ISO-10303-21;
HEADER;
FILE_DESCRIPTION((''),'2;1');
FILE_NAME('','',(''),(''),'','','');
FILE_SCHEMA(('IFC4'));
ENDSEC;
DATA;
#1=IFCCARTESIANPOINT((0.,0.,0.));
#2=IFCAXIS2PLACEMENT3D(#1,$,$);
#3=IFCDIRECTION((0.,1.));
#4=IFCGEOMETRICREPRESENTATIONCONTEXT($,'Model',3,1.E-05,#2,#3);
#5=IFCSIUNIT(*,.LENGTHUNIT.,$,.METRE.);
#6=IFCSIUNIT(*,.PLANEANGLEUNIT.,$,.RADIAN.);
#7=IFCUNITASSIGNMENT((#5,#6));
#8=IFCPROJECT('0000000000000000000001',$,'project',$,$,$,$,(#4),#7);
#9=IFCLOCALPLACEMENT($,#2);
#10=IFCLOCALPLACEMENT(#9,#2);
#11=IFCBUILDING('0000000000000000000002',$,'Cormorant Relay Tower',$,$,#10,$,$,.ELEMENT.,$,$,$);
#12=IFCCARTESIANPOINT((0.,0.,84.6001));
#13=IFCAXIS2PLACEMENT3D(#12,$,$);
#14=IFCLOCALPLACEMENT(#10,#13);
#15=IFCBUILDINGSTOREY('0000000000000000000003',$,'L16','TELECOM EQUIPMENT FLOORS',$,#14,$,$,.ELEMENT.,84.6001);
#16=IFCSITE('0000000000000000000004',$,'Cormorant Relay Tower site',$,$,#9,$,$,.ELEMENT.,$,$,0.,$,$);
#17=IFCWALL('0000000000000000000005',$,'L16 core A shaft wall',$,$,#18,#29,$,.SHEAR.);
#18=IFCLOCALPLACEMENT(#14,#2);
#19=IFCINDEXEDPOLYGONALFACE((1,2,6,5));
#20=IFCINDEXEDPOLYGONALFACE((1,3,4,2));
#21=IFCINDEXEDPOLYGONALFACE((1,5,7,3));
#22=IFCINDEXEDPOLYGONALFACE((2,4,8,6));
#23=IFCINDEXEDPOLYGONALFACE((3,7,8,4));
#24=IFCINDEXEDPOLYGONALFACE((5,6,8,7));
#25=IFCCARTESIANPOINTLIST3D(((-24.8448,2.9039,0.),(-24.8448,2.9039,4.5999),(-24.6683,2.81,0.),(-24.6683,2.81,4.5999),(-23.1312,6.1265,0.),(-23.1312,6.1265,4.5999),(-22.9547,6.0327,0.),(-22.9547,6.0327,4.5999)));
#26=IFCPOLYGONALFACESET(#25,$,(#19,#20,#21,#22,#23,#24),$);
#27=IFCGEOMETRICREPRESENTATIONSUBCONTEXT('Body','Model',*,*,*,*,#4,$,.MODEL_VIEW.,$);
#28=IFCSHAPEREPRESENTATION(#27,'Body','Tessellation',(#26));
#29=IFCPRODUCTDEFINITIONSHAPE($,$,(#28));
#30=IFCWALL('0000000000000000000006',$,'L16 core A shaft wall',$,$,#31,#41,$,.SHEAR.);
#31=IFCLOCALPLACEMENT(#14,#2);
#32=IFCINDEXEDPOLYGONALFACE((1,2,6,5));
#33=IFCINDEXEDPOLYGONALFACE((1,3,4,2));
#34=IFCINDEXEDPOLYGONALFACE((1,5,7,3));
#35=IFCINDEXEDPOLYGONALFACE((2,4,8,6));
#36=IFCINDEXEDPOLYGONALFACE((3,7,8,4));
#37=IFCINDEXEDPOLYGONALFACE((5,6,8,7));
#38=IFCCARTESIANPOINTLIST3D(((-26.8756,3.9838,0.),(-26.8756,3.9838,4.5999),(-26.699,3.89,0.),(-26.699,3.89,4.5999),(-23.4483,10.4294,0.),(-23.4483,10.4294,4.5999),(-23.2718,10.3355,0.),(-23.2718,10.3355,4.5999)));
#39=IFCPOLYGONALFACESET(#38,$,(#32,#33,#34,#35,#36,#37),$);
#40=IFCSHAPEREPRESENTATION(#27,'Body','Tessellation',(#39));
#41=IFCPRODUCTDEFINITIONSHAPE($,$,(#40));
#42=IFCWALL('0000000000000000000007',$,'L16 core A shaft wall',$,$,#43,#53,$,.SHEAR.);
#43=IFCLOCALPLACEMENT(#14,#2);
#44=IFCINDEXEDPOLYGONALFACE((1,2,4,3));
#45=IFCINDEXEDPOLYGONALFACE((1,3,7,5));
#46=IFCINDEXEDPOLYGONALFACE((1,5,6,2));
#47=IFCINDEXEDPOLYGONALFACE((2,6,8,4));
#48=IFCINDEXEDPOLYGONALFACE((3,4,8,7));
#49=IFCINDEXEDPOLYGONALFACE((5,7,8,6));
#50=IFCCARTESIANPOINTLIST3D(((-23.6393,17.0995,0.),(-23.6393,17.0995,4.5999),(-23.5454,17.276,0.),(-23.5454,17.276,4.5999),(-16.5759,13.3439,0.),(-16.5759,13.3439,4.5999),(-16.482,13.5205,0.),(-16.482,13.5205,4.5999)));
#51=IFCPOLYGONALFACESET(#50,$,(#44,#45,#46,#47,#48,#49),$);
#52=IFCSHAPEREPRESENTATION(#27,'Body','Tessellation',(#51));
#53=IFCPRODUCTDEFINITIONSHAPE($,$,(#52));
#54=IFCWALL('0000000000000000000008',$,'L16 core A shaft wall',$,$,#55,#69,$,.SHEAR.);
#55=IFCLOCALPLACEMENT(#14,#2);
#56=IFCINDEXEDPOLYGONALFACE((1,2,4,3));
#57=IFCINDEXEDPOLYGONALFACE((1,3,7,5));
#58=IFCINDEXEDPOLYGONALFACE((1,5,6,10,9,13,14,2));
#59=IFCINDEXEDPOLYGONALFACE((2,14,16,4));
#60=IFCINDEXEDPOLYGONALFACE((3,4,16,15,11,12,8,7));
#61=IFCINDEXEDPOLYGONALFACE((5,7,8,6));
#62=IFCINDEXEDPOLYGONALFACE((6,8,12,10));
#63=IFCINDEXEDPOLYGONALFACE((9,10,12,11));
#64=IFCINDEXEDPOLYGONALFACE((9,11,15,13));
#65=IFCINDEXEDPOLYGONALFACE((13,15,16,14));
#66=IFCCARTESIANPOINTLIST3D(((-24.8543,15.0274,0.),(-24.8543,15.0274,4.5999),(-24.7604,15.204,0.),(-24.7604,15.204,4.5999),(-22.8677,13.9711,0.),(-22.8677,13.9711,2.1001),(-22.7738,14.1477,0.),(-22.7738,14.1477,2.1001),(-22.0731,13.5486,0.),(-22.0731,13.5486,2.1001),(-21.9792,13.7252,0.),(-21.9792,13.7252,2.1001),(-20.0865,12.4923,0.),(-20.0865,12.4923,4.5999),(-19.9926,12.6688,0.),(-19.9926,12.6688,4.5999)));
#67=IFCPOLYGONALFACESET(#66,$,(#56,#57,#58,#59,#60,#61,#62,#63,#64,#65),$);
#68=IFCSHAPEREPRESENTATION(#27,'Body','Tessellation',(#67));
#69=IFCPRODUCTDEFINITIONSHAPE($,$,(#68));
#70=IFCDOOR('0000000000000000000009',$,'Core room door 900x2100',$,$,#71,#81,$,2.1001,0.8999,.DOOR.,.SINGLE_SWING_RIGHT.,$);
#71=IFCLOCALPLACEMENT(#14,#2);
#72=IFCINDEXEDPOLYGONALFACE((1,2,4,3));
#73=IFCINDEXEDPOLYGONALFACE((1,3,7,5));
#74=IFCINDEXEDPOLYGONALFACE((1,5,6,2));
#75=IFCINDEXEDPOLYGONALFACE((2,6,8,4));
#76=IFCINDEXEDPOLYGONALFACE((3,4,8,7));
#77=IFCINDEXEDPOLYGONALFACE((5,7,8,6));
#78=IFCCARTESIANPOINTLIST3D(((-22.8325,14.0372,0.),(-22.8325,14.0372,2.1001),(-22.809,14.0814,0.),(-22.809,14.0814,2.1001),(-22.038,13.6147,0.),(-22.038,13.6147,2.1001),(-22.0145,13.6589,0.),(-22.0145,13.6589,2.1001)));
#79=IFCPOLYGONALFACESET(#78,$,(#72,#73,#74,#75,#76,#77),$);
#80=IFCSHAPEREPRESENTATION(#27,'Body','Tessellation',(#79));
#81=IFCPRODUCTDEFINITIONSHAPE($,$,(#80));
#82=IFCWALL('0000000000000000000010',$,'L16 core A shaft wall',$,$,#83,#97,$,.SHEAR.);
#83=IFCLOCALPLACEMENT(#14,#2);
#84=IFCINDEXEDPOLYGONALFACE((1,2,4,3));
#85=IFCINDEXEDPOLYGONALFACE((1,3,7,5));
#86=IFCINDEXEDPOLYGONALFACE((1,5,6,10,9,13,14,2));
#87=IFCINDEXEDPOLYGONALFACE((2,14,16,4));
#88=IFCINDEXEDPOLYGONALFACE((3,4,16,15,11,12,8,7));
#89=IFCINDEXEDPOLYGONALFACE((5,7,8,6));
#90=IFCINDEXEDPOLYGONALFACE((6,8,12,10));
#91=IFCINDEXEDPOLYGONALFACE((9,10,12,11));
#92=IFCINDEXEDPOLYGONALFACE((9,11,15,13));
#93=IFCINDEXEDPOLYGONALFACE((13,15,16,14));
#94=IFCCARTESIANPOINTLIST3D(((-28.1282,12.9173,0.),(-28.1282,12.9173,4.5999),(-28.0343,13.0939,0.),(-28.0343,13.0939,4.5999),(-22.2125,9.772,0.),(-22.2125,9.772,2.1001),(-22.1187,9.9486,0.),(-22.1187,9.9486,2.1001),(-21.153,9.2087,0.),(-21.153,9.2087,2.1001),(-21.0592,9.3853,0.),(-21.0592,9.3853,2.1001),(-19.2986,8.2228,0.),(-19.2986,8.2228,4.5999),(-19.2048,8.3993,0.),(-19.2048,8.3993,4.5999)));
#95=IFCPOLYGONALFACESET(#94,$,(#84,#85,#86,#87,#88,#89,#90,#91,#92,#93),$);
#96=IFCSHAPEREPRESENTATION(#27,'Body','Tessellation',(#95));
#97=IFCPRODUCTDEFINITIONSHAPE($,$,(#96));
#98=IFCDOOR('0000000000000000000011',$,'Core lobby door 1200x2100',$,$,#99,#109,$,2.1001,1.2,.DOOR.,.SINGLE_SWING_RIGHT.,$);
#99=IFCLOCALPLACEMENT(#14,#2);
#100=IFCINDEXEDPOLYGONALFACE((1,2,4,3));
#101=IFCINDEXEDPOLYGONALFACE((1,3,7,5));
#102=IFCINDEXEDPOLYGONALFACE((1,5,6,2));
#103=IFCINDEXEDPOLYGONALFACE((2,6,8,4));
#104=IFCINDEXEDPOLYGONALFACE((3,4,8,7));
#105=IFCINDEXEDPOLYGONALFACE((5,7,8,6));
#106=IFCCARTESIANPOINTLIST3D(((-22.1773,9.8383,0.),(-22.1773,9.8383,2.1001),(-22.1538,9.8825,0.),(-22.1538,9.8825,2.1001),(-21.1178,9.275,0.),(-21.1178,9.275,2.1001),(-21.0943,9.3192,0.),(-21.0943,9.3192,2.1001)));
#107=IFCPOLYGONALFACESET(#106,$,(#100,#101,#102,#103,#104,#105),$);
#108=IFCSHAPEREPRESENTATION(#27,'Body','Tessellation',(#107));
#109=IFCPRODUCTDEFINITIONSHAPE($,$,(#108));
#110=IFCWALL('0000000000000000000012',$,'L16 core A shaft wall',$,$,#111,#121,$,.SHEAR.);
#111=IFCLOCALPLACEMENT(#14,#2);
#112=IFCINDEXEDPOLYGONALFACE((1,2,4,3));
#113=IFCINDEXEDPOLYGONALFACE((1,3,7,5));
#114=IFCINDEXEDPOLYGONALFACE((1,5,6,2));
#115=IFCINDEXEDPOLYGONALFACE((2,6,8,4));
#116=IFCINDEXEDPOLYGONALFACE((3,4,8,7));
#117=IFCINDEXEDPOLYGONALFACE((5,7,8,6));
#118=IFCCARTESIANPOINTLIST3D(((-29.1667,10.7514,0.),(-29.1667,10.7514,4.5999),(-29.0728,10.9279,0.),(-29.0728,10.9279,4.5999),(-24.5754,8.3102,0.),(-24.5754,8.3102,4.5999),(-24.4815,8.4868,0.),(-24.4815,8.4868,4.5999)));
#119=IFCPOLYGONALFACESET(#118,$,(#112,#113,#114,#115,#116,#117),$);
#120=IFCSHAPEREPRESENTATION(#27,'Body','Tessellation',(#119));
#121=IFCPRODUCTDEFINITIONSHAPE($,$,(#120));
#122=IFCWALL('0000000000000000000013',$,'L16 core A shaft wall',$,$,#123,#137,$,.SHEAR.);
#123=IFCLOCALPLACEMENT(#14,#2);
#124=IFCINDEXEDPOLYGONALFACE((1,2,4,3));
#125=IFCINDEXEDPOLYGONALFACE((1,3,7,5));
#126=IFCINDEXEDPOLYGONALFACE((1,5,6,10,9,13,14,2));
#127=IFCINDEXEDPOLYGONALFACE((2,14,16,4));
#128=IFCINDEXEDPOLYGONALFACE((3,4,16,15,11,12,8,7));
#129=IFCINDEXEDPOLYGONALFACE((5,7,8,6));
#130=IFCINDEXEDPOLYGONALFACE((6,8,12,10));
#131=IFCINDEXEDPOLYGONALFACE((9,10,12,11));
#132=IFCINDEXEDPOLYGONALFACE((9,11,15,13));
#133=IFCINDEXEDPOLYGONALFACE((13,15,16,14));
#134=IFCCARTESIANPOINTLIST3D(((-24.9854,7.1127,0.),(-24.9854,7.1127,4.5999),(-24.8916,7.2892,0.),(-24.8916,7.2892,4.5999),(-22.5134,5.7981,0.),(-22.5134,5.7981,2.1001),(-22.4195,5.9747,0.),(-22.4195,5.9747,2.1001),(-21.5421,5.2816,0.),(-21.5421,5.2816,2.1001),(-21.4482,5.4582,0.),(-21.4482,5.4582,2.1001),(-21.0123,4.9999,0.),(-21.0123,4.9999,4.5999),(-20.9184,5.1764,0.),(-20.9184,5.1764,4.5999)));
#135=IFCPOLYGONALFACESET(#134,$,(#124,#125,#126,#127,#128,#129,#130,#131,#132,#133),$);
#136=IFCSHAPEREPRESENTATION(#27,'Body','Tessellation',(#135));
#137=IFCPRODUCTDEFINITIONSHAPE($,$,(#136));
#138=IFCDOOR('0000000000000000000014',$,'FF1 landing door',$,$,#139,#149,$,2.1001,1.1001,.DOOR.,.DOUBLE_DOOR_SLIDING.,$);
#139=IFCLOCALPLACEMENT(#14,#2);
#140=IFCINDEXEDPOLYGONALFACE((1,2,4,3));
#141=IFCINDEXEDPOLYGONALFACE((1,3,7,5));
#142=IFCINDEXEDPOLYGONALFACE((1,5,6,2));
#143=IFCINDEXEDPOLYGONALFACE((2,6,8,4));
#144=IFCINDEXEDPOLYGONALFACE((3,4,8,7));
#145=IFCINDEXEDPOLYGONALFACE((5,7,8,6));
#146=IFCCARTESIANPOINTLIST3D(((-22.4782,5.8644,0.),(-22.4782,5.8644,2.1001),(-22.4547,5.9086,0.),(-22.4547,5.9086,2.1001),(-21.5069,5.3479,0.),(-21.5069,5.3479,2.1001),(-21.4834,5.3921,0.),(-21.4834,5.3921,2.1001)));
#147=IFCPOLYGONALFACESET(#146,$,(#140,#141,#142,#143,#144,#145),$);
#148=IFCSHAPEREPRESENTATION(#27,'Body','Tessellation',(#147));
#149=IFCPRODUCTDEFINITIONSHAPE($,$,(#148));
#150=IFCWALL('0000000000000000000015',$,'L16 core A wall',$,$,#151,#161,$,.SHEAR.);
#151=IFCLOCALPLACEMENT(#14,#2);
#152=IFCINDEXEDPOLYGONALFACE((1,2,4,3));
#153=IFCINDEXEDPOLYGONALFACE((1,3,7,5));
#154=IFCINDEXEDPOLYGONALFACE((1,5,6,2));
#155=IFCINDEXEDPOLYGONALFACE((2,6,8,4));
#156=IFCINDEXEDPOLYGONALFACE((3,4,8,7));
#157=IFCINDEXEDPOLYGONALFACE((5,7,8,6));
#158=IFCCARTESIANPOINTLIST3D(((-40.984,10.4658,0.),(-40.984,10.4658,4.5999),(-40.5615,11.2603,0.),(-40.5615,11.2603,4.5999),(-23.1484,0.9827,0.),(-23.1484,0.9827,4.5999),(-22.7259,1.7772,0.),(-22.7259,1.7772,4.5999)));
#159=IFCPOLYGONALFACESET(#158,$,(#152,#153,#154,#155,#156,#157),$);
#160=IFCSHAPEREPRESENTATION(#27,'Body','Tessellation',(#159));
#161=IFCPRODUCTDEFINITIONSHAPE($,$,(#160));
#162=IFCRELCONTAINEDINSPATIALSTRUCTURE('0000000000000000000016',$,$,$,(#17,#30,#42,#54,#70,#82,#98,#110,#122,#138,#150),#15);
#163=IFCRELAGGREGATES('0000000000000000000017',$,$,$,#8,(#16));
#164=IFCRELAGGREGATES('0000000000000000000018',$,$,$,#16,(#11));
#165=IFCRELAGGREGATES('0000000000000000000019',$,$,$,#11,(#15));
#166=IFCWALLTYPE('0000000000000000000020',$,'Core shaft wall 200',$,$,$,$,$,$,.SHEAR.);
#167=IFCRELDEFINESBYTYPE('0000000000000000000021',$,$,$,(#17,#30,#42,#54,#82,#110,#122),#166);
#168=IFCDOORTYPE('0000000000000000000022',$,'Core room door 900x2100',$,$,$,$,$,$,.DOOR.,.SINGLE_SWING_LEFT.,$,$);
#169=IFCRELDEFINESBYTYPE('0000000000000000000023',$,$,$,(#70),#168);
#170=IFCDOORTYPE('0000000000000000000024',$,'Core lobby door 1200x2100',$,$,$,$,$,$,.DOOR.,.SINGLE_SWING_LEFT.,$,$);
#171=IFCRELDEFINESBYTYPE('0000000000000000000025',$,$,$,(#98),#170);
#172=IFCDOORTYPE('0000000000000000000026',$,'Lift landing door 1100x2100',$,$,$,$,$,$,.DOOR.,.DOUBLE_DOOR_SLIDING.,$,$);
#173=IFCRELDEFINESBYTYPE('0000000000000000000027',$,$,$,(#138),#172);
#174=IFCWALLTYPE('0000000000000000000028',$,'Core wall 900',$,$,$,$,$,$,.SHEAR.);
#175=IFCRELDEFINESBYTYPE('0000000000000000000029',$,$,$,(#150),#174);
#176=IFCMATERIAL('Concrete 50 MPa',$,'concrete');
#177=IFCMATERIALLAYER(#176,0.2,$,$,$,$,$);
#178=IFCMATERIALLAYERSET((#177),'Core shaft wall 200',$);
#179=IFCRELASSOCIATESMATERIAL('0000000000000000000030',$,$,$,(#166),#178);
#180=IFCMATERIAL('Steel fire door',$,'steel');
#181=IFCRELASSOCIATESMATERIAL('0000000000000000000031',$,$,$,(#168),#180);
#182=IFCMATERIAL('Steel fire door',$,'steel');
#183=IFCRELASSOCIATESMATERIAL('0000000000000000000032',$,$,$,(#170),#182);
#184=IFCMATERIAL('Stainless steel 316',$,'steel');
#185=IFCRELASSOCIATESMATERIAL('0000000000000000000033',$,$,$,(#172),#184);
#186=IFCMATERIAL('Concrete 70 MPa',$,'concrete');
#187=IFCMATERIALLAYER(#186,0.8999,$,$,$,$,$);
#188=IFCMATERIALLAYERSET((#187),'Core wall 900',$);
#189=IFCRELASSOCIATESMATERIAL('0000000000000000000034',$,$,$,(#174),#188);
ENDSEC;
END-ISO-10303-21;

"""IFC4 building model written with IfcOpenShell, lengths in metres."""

from ifc_helpers import new_model, si_unit, direction, frame, frame_2d, origin, place, context, subcontext, project, spatial, rectangle, extrude, material, layer, layer_set, type_object, element, fill, save


model = new_model("IFC4")

# Units and contexts
model_context = context("Model", 3, precision=1e-05, world=origin(), true_north=direction((0.0, 1.0)))
body_context = subcontext(model_context, "Body", "Model", "MODEL_VIEW")
ifc_project = project(units=[si_unit("LENGTHUNIT", "METRE"), si_unit("PLANEANGLEUNIT", "RADIAN")], contexts=[model_context])

# Site, building, storey
site_placement = place(None, origin())
site = spatial("IfcSite", under=ifc_project, at=site_placement, Name="Cormorant Relay Tower site", CompositionType="ELEMENT", RefElevation=0.0)
building_placement = place(site_placement, origin())
building = spatial("IfcBuilding", under=site, at=building_placement, Name="Cormorant Relay Tower", CompositionType="ELEMENT")
storey_placement = place(building_placement, frame((0.0, 0.0, 84.6001)))
storey = spatial("IfcBuildingStorey", under=building, at=storey_placement, Name="L16", Description="TELECOM EQUIPMENT FLOORS", CompositionType="ELEMENT", Elevation=84.6001)

# Walls
ifc_material_1 = material(Name="Concrete 50 MPa", Category="concrete")
ifc_layer_1 = layer(ifc_material_1, 0.2)
ifc_layer_set_1 = layer_set([ifc_layer_1], Name="Core shaft wall 200")
wall_type_1 = type_object("IfcWallType", Name="Core shaft wall 200", PredefinedType="SHEAR", material=ifc_layer_set_1)
wall_1_placement = place(storey_placement, frame((-23.043, 6.0796, 0.0), z_axis=(0.0, 0.0, 1.0), x_axis=(-0.469494, -0.882936, 0.0)))
element("IfcWall", 1, at=wall_1_placement, inside=storey, type_object=wall_type_1, Name="L16 core A shaft wall", PredefinedType="SHEAR", context=body_context, shape_type="SweptSolid", body=[
    extrude(rectangle(XDim=3.6499, YDim=0.2, at=frame_2d((1.825, 0.0))), origin(), (0.0, 0.0, 1.0), 4.5999),
])
wall_2_placement = place(storey_placement, frame((-23.3601, 10.3823, 0.0), z_axis=(0.0, 0.0, 1.0), x_axis=(-0.46948, -0.882943, 0.0)))
element("IfcWall", 2, at=wall_2_placement, inside=storey, type_object=wall_type_1, Name="L16 core A shaft wall", PredefinedType="SHEAR", context=body_context, shape_type="SweptSolid", body=[
    extrude(rectangle(XDim=7.3, YDim=0.2, at=frame_2d((3.6499, 0.0))), origin(), (0.0, 0.0, 1.0), 4.5999),
])
wall_3_placement = place(storey_placement, frame((-16.5288, 13.4321, 0.0), z_axis=(0.0, 0.0, 1.0), x_axis=(-0.882953, 0.469462, 0.0)))
element("IfcWall", 3, at=wall_3_placement, inside=storey, type_object=wall_type_1, Name="L16 core A shaft wall", PredefinedType="SHEAR", context=body_context, shape_type="SweptSolid", body=[
    extrude(rectangle(XDim=7.9998, YDim=0.2, at=frame_2d((4.0, 0.0))), origin(), (0.0, 0.0, 1.0), 4.5999),
])

# Walls, openings, doors
wall_4_placement = place(storey_placement, frame((-20.0396, 12.5806, 0.0), z_axis=(0.0, 0.0, 1.0), x_axis=(-0.882943, 0.46948, 0.0)))
wall_4 = element("IfcWall", 4, at=wall_4_placement, inside=storey, type_object=wall_type_1, Name="L16 core A shaft wall", PredefinedType="SHEAR", context=body_context, shape_type="SweptSolid", body=[
    extrude(rectangle(XDim=5.3999, YDim=0.2, at=frame_2d((2.7, 0.0))), origin(), (0.0, 0.0, 1.0), 4.5999),
])
opening_1_placement = place(wall_4_placement, frame((2.25, 0.0, 0.0)))
opening_1 = element("IfcOpeningElement", 5, at=opening_1_placement, cuts=wall_4, PredefinedType="OPENING", context=body_context, shape_type="SweptSolid", body=[
    extrude(rectangle(XDim=0.8999, YDim=2.1001, at=frame_2d((0.45, 1.05))), frame((0.0, 0.1099, 0.0), z_axis=(0.0, -1.0, 0.0), x_axis=(1.0, 0.0, 0.0)), (0.0, 0.0, 1.0), 0.22),
])
ifc_material_2 = material(Name="Steel fire door", Category="steel")
door_type_1 = type_object("IfcDoorType", Name="Core room door 900x2100", OperationType="SINGLE_SWING_LEFT", PredefinedType="DOOR", material=ifc_material_2)
door_1_placement = place(opening_1_placement, frame((0.8999, 0.0, 0.0), z_axis=(0.0, 0.0, 1.0), x_axis=(-1.0, 0.0, 0.0)))
door_1 = element("IfcDoor", 6, at=door_1_placement, inside=storey, type_object=door_type_1, Name="Core room door 900x2100", OperationType="SINGLE_SWING_RIGHT", OverallHeight=2.1001, OverallWidth=0.8999, PredefinedType="DOOR", context=body_context, shape_type="SweptSolid", body=[
    extrude(rectangle(XDim=0.8999, YDim=2.1001, at=frame_2d((0.45, 1.05))), frame((0.0, 0.0249, 0.0), z_axis=(0.0, -1.0, 0.0), x_axis=(1.0, 0.0, 0.0)), (0.0, 0.0, 1.0), 0.05),
])
fill(opening_1, door_1)
wall_5_placement = place(storey_placement, frame((-19.2517, 8.311, 0.0), z_axis=(0.0, 0.0, 1.0), x_axis=(-0.882956, 0.469456, 0.0)))
wall_5 = element("IfcWall", 7, at=wall_5_placement, inside=storey, type_object=wall_type_1, Name="L16 core A shaft wall", PredefinedType="SHEAR", context=body_context, shape_type="SweptSolid", body=[
    extrude(rectangle(XDim=10.0, YDim=0.2, at=frame_2d((5.0, 0.0))), origin(), (0.0, 0.0, 1.0), 4.5999),
])
opening_2_placement = place(wall_5_placement, frame((2.1001, 0.0, 0.0)))
opening_2 = element("IfcOpeningElement", 8, at=opening_2_placement, cuts=wall_5, PredefinedType="OPENING", context=body_context, shape_type="SweptSolid", body=[
    extrude(rectangle(XDim=1.2, YDim=2.1001, at=frame_2d((0.6001, 1.05))), frame((0.0, 0.1099, 0.0), z_axis=(0.0, -1.0, 0.0), x_axis=(1.0, 0.0, 0.0)), (0.0, 0.0, 1.0), 0.22),
])
ifc_material_3 = material(Name="Steel fire door", Category="steel")
door_type_2 = type_object("IfcDoorType", Name="Core lobby door 1200x2100", OperationType="SINGLE_SWING_LEFT", PredefinedType="DOOR", material=ifc_material_3)
door_2_placement = place(opening_2_placement, origin())
door_2 = element("IfcDoor", 9, at=door_2_placement, inside=storey, type_object=door_type_2, Name="Core lobby door 1200x2100", OperationType="SINGLE_SWING_RIGHT", OverallHeight=2.1001, OverallWidth=1.2, PredefinedType="DOOR", context=body_context, shape_type="SweptSolid", body=[
    extrude(rectangle(XDim=1.2, YDim=2.1001, at=frame_2d((0.6001, 1.05))), frame((0.0, 0.0249, 0.0), z_axis=(0.0, -1.0, 0.0), x_axis=(1.0, 0.0, 0.0)), (0.0, 0.0, 1.0), 0.05),
])
fill(opening_2, door_2)

# Wall
wall_6_placement = place(storey_placement, frame((-24.5283, 8.3984, 0.0), z_axis=(0.0, 0.0, 1.0), x_axis=(-0.882954, 0.46946, 0.0)))
element("IfcWall", 10, at=wall_6_placement, inside=storey, type_object=wall_type_1, Name="L16 core A shaft wall", PredefinedType="SHEAR", context=body_context, shape_type="SweptSolid", body=[
    extrude(rectangle(XDim=5.2, YDim=0.2, at=frame_2d((2.6001, 0.0))), origin(), (0.0, 0.0, 1.0), 4.5999),
])

# Wall, opening, door
wall_7_placement = place(storey_placement, frame((-20.9653, 5.0881, 0.0), z_axis=(0.0, 0.0, 1.0), x_axis=(-0.882926, 0.469512, 0.0)))
wall_7 = element("IfcWall", 11, at=wall_7_placement, inside=storey, type_object=wall_type_1, Name="L16 core A shaft wall", PredefinedType="SHEAR", context=body_context, shape_type="SweptSolid", body=[
    extrude(rectangle(XDim=4.5, YDim=0.2, at=frame_2d((2.25, 0.0))), origin(), (0.0, 0.0, 1.0), 4.5999),
])
opening_3_placement = place(wall_7_placement, frame((0.6001, 0.0, 0.0)))
opening_3 = element("IfcOpeningElement", 12, at=opening_3_placement, cuts=wall_7, PredefinedType="OPENING", context=body_context, shape_type="SweptSolid", body=[
    extrude(rectangle(XDim=1.1001, YDim=2.1001, at=frame_2d((0.55, 1.05))), frame((0.0, 0.1099, 0.0), z_axis=(0.0, -1.0, 0.0), x_axis=(1.0, 0.0, 0.0)), (0.0, 0.0, 1.0), 0.22),
])
ifc_material_4 = material(Name="Stainless steel 316", Category="steel")
door_type_3 = type_object("IfcDoorType", Name="Lift landing door 1100x2100", OperationType="DOUBLE_DOOR_SLIDING", PredefinedType="DOOR", material=ifc_material_4)
door_3_placement = place(opening_3_placement, origin())
door_3 = element("IfcDoor", 13, at=door_3_placement, inside=storey, type_object=door_type_3, Name="FF1 landing door", OperationType="DOUBLE_DOOR_SLIDING", OverallHeight=2.1001, OverallWidth=1.1001, PredefinedType="DOOR", context=body_context, shape_type="SweptSolid", body=[
    extrude(rectangle(XDim=1.1001, YDim=2.1001, at=frame_2d((0.55, 1.05))), frame((0.0, 0.0249, 0.0), z_axis=(0.0, -1.0, 0.0), x_axis=(1.0, 0.0, 0.0)), (0.0, 0.0, 1.0), 0.05),
])
fill(opening_3, door_3)

# Wall
ifc_material_5 = material(Name="Concrete 70 MPa", Category="concrete")
ifc_layer_2 = layer(ifc_material_5, 0.8999)
ifc_layer_set_2 = layer_set([ifc_layer_2], Name="Core wall 900")
wall_type_2 = type_object("IfcWallType", Name="Core wall 900", PredefinedType="SHEAR", material=ifc_layer_set_2)
wall_8_placement = place(storey_placement, frame((-22.937, 1.3799, 0.0), z_axis=(0.0, 0.0, 1.0), x_axis=(-0.882953, 0.469462, 0.0)))
element("IfcWall", 14, at=wall_8_placement, inside=storey, type_object=wall_type_2, Name="L16 core A wall", PredefinedType="SHEAR", context=body_context, shape_type="SweptSolid", body=[
    extrude(rectangle(XDim=20.2, YDim=0.8999, at=frame_2d((10.1001, 0.0))), origin(), (0.0, 0.0, 1.0), 4.5999),
])

save(model, "model.ifc")
